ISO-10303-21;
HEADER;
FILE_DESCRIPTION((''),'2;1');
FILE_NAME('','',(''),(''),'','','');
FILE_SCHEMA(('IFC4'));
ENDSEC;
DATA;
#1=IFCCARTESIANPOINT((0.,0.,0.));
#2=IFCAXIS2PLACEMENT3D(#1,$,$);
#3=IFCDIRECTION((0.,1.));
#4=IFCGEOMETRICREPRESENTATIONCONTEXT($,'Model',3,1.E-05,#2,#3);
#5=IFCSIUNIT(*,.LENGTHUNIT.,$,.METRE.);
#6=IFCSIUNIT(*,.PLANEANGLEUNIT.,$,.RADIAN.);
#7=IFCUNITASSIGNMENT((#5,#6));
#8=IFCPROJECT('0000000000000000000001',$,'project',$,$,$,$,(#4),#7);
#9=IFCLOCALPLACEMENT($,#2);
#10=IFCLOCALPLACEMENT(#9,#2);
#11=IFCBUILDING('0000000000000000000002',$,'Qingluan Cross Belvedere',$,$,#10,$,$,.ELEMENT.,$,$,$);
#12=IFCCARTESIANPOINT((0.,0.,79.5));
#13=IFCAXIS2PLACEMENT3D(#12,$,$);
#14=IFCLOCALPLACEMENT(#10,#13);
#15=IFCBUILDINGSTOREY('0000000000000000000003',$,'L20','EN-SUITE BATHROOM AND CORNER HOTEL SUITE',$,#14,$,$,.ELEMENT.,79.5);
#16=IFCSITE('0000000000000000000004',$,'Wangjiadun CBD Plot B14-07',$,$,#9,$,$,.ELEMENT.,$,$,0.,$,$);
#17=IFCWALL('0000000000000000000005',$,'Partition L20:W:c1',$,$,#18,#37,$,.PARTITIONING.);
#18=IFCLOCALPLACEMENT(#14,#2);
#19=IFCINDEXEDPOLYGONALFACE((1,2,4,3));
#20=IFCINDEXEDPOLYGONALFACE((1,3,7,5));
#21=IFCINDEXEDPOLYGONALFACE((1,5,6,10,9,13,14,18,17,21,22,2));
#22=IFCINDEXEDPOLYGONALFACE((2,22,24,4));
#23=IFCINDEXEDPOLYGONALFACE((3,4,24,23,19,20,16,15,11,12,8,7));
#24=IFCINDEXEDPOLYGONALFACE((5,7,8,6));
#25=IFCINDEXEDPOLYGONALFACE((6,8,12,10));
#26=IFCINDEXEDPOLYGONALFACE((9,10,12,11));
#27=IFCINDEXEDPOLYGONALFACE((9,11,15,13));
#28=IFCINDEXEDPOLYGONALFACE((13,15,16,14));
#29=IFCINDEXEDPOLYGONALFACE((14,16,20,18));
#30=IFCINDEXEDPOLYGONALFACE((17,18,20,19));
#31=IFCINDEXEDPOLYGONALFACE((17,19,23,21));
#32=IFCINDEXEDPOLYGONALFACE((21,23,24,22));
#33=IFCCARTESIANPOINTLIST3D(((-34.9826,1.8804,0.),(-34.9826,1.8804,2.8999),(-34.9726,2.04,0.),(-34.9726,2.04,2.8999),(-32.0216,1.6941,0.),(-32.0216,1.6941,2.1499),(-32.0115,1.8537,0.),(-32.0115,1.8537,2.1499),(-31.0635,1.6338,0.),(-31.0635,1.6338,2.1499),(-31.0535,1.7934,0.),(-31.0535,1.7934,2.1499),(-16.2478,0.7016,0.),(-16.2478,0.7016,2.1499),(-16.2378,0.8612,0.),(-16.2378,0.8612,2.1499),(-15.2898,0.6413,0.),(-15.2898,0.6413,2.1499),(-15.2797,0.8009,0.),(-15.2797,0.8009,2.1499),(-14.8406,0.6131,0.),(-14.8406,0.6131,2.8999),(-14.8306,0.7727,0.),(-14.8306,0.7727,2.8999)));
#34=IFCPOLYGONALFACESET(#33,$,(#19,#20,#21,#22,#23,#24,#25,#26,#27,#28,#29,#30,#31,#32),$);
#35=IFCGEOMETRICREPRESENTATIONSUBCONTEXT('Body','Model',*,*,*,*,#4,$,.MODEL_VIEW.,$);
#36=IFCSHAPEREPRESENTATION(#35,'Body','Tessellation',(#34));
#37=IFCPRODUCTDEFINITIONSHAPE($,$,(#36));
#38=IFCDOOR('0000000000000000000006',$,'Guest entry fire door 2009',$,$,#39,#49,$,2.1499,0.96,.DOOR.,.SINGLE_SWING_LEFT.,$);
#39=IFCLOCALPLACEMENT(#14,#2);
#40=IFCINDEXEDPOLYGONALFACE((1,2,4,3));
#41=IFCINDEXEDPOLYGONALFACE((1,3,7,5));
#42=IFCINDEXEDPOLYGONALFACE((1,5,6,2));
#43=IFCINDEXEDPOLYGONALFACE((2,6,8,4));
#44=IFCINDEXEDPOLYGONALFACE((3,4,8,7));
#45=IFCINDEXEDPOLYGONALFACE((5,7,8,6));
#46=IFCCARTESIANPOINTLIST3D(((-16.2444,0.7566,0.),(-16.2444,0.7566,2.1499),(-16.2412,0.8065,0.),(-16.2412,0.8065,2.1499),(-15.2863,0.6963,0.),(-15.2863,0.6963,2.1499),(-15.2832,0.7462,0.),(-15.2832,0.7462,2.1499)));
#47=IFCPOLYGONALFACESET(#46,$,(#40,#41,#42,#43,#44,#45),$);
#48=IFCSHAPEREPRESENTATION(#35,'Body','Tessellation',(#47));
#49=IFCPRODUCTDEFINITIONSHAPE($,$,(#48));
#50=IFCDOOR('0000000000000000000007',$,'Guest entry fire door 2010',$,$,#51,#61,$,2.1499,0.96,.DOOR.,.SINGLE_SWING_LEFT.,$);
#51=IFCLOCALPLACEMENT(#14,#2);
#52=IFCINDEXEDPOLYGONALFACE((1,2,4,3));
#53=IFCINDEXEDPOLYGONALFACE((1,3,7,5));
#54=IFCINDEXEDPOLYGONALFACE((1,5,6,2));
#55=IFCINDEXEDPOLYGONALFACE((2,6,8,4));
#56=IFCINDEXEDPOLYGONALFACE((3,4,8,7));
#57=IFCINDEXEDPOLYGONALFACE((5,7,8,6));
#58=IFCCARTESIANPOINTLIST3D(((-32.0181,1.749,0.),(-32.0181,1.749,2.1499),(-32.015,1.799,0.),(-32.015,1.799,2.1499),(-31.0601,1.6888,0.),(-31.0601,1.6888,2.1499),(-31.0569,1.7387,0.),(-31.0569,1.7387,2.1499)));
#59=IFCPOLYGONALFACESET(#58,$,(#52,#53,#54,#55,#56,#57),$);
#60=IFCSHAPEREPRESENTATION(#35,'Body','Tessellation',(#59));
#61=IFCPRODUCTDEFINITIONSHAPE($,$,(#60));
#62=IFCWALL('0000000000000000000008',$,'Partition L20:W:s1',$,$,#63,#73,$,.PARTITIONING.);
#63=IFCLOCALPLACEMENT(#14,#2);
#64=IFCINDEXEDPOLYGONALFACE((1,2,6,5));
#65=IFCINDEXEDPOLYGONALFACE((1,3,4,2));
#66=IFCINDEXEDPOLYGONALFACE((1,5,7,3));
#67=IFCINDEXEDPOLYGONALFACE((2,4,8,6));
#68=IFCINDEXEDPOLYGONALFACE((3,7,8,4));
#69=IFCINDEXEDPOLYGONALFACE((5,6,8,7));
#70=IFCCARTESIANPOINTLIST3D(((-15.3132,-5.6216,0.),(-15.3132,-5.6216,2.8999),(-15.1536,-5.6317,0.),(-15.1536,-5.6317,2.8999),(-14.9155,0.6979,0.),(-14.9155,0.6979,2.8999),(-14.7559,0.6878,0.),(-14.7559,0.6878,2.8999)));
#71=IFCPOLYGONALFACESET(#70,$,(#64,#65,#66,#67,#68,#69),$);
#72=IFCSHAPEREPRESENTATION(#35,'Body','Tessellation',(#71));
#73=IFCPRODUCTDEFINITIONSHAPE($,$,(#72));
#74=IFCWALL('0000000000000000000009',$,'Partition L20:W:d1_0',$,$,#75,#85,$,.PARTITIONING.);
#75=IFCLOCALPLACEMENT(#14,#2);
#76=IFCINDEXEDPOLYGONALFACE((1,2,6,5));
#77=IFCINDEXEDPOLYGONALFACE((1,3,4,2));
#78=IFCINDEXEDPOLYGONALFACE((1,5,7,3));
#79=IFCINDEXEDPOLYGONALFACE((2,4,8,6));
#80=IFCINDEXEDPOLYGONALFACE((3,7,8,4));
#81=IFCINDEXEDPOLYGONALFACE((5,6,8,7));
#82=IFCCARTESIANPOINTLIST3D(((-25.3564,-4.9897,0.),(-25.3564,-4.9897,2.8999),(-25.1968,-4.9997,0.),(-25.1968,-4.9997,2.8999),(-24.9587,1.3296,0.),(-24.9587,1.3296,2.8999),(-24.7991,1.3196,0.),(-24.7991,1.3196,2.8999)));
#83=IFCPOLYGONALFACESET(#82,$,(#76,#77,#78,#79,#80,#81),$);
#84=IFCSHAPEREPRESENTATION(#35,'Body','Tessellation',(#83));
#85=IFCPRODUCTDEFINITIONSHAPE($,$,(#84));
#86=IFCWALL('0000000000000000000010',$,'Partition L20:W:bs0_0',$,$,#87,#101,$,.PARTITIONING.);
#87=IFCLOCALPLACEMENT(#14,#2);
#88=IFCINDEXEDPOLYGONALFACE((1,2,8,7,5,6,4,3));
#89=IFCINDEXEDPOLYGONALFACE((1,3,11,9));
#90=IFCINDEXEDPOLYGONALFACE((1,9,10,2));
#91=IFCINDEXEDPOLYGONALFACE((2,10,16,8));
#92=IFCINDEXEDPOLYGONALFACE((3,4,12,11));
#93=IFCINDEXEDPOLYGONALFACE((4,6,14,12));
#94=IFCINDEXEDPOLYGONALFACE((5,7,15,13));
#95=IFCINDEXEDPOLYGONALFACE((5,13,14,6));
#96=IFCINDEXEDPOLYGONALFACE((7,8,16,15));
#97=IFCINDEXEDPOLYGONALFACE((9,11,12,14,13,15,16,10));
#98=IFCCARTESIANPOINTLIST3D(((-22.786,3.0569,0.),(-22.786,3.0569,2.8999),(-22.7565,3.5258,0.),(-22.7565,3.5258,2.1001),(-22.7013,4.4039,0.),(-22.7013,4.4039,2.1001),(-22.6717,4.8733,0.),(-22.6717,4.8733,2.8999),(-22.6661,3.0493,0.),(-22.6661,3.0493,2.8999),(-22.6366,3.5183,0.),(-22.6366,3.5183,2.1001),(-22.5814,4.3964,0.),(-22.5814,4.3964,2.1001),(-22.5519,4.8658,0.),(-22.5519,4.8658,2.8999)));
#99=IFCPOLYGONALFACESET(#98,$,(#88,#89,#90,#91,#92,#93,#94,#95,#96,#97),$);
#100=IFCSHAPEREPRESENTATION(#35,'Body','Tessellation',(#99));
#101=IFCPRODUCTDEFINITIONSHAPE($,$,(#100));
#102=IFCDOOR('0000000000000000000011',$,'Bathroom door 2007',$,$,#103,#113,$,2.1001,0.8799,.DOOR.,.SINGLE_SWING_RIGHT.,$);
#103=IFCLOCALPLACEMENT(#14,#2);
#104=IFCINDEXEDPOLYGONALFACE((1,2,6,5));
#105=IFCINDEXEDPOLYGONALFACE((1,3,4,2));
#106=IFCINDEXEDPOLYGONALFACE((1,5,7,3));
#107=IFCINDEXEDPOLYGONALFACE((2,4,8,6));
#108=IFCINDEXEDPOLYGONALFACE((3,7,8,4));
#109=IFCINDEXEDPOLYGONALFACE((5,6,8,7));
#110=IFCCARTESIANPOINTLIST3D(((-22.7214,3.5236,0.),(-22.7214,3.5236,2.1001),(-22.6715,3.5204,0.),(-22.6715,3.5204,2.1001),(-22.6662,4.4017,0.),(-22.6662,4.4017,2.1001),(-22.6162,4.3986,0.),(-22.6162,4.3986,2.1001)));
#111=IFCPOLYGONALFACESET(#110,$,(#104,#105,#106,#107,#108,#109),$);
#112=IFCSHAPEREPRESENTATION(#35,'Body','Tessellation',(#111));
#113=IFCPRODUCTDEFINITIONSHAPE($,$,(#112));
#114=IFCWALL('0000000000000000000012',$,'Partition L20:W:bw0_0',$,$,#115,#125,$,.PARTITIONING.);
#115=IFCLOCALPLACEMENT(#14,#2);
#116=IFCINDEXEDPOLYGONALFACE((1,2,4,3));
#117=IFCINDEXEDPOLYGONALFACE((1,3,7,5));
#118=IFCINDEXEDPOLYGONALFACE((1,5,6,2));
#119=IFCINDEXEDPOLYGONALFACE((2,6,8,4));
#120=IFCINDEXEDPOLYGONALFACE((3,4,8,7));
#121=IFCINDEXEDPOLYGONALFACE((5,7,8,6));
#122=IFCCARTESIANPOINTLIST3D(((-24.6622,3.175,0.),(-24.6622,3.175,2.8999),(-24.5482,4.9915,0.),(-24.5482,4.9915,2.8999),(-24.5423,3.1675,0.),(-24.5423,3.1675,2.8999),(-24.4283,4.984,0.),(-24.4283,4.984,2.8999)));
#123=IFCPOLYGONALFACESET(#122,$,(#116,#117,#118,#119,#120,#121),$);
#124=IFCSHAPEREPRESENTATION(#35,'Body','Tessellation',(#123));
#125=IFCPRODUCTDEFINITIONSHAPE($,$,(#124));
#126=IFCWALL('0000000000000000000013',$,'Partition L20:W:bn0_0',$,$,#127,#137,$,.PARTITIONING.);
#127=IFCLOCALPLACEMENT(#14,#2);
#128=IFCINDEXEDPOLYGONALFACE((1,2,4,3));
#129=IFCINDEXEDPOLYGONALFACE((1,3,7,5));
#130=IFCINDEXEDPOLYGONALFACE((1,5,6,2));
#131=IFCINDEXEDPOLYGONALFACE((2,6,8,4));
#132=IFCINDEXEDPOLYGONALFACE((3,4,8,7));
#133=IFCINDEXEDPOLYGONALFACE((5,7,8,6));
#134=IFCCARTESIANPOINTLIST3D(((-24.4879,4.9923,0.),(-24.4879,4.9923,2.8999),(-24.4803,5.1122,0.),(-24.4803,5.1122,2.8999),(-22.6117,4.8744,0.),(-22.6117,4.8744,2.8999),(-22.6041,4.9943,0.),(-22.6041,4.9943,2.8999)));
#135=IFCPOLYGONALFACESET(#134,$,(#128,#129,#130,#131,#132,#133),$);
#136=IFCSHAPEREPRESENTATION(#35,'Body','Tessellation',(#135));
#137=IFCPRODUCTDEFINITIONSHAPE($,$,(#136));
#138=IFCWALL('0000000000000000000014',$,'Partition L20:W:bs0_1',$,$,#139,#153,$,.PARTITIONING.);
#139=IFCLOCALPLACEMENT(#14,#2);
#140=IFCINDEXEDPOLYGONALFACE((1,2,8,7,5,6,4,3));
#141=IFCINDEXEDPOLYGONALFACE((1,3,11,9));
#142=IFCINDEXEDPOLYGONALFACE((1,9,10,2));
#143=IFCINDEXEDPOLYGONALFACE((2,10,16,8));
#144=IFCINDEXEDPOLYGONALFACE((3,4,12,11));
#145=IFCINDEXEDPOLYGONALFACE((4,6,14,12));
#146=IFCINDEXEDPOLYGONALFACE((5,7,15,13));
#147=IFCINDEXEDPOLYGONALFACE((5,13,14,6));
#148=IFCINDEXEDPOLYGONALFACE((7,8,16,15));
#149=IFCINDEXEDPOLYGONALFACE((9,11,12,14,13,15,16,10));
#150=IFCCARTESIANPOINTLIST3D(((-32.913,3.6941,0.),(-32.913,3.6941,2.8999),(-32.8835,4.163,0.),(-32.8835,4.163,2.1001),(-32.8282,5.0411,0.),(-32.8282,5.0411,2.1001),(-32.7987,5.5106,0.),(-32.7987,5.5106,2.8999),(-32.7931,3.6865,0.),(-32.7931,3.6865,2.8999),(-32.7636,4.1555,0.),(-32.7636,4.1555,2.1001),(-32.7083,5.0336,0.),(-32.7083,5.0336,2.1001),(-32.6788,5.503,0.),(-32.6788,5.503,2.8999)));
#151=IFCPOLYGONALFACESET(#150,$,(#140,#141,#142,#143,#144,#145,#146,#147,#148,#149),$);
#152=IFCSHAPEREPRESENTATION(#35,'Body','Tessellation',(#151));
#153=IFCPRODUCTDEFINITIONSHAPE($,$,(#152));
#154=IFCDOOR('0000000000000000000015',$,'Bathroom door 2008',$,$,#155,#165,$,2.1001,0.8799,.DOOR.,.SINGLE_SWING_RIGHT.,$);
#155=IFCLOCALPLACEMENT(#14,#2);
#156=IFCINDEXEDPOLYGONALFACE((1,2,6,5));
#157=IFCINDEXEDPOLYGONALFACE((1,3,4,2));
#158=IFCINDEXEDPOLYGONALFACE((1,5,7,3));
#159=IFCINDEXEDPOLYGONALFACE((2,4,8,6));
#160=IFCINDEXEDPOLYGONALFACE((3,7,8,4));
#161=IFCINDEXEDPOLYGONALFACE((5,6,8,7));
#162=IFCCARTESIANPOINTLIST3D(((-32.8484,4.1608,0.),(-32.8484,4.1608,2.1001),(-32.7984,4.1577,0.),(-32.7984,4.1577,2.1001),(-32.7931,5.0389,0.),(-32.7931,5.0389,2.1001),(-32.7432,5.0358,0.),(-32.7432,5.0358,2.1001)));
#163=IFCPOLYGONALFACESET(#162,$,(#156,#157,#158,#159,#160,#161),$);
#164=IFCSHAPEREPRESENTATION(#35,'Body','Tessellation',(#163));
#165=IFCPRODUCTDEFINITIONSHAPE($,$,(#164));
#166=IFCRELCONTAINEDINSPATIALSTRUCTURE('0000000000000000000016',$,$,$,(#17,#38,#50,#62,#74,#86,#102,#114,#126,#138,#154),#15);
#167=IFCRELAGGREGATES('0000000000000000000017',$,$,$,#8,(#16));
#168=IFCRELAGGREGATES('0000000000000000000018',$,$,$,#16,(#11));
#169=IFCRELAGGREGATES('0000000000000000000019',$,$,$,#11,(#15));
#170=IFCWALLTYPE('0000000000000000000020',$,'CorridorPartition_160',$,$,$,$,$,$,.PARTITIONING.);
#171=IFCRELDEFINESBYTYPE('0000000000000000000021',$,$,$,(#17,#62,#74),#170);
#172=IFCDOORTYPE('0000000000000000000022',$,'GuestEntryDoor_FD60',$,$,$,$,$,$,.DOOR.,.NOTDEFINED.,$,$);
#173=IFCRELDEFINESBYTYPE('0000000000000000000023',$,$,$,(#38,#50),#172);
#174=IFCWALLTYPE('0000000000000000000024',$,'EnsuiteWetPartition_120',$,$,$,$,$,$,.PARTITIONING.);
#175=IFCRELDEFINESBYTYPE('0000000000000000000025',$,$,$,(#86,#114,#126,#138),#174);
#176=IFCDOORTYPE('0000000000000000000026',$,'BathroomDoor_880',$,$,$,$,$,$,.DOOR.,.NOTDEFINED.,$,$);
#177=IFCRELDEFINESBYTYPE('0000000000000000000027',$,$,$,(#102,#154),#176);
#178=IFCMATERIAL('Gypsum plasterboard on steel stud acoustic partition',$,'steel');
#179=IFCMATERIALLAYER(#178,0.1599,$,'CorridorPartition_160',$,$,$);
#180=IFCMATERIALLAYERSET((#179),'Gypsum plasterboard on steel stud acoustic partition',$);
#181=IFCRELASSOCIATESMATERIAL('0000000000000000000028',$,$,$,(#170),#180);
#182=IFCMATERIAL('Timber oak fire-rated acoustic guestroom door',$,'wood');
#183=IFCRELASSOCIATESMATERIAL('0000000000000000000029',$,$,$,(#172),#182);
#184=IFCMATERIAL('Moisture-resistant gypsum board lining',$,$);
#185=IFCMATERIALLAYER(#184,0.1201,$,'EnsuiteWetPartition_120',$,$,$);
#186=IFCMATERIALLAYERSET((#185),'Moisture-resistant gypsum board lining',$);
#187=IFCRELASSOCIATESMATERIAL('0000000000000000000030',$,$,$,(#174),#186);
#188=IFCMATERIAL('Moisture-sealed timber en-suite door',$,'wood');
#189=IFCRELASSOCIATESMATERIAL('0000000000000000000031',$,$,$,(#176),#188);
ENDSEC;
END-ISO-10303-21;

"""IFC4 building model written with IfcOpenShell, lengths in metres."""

from ifc_helpers import new_model, si_unit, direction, frame, frame_2d, origin, place, context, subcontext, project, spatial, rectangle, extrude, material, layer, layer_set, type_object, element, fill, save


model = new_model("IFC4")

# Units and contexts
model_context = context("Model", 3, precision=1e-05, world=origin(), true_north=direction((0.0, 1.0)))
body_context = subcontext(model_context, "Body", "Model", "MODEL_VIEW")
ifc_project = project(units=[si_unit("LENGTHUNIT", "METRE"), si_unit("PLANEANGLEUNIT", "RADIAN")], contexts=[model_context])

# Site, building, storey
site_placement = place(None, origin())
site = spatial("IfcSite", under=ifc_project, at=site_placement, Name="Wangjiadun CBD Plot B14-07", CompositionType="ELEMENT", RefElevation=0.0)
building_placement = place(site_placement, origin())
building = spatial("IfcBuilding", under=site, at=building_placement, Name="Qingluan Cross Belvedere", CompositionType="ELEMENT")
storey_placement = place(building_placement, frame((0.0, 0.0, 79.5)))
storey = spatial("IfcBuildingStorey", under=building, at=storey_placement, Name="L20", Description="EN-SUITE BATHROOM AND CORNER HOTEL SUITE", CompositionType="ELEMENT", Elevation=79.5)

# Shared definitions
ifc_material_1 = material(Name="Gypsum plasterboard on steel stud acoustic partition", Category="steel")
ifc_layer_1 = layer(ifc_material_1, 0.1599, Name="CorridorPartition_160")
ifc_layer_set_1 = layer_set([ifc_layer_1], Name="Gypsum plasterboard on steel stud acoustic partition")
wall_type_1 = type_object("IfcWallType", Name="CorridorPartition_160", PredefinedType="PARTITIONING", material=ifc_layer_set_1)
ifc_material_2 = material(Name="Timber oak fire-rated acoustic guestroom door", Category="wood")
door_type_1 = type_object("IfcDoorType", Name="GuestEntryDoor_FD60", OperationType="NOTDEFINED", PredefinedType="DOOR", material=ifc_material_2)

# Wall, openings, doors
wall_1_placement = place(storey_placement, frame((-14.8357, 0.6929, 0.0), z_axis=(0.0, 0.0, 1.0), x_axis=(-0.998026, 0.062796, 0.0)))
wall_1 = element("IfcWall", 1, at=wall_1_placement, inside=storey, type_object=wall_type_1, Name="Partition L20:W:c1", PredefinedType="PARTITIONING", context=body_context, shape_type="SweptSolid", body=[
    extrude(rectangle(XDim=20.1819, YDim=0.1599, at=frame_2d((10.0908, 0.0))), origin(), (0.0, 0.0, 1.0), 2.8999),
])
opening_1_placement = place(wall_1_placement, frame((0.45, 0.0, 0.0)))
opening_1 = element("IfcOpeningElement", 2, at=opening_1_placement, cuts=wall_1, PredefinedType="OPENING", context=body_context, shape_type="SweptSolid", body=[
    extrude(rectangle(XDim=0.96, YDim=2.1499, at=frame_2d((0.48, 1.075))), frame((0.0, 0.0898, 0.0), z_axis=(0.0, -1.0, 0.0), x_axis=(1.0, 0.0, 0.0)), (0.0, 0.0, 1.0), 0.1799),
])
opening_2_placement = place(wall_1_placement, frame((16.2549, 0.0, 0.0)))
opening_2 = element("IfcOpeningElement", 3, at=opening_2_placement, cuts=wall_1, PredefinedType="OPENING", context=body_context, shape_type="SweptSolid", body=[
    extrude(rectangle(XDim=0.96, YDim=2.1499, at=frame_2d((0.48, 1.075))), frame((0.0, 0.0898, 0.0), z_axis=(0.0, -1.0, 0.0), x_axis=(1.0, 0.0, 0.0)), (0.0, 0.0, 1.0), 0.1799),
])
door_1_placement = place(opening_1_placement, origin())
door_1 = element("IfcDoor", 4, at=door_1_placement, inside=storey, type_object=door_type_1, Name="Guest entry fire door 2009", OperationType="SINGLE_SWING_LEFT", OverallHeight=2.1499, OverallWidth=0.96, PredefinedType="DOOR", context=body_context, shape_type="SweptSolid", body=[
    extrude(rectangle(XDim=0.96, YDim=2.1499, at=frame_2d((0.48, 1.075))), frame((0.0, 0.0249, 0.0), z_axis=(0.0, -1.0, 0.0), x_axis=(1.0, 0.0, 0.0)), (0.0, 0.0, 1.0), 0.05),
])
fill(opening_1, door_1)
door_2_placement = place(opening_2_placement, origin())
door_2 = element("IfcDoor", 5, at=door_2_placement, inside=storey, type_object=door_type_1, Name="Guest entry fire door 2010", OperationType="SINGLE_SWING_LEFT", OverallHeight=2.1499, OverallWidth=0.96, PredefinedType="DOOR", context=body_context, shape_type="SweptSolid", body=[
    extrude(rectangle(XDim=0.96, YDim=2.1499, at=frame_2d((0.48, 1.075))), frame((0.0, 0.0249, 0.0), z_axis=(0.0, -1.0, 0.0), x_axis=(1.0, 0.0, 0.0)), (0.0, 0.0, 1.0), 0.05),
])
fill(opening_2, door_2)

# Walls
wall_2_placement = place(storey_placement, frame((-14.8357, 0.6929, 0.0), z_axis=(0.0, 0.0, 1.0), x_axis=(-0.062808, -0.998026, 0.0)))
element("IfcWall", 6, at=wall_2_placement, inside=storey, type_object=wall_type_1, Name="Partition L20:W:s1", PredefinedType="PARTITIONING", context=body_context, shape_type="SweptSolid", body=[
    extrude(rectangle(XDim=6.332, YDim=0.1599, at=frame_2d((3.166, 0.0))), origin(), (0.0, 0.0, 1.0), 2.8999),
])
wall_3_placement = place(storey_placement, frame((-24.8789, 1.3247, 0.0), z_axis=(0.0, 0.0, 1.0), x_axis=(-0.06281, -0.998025, 0.0)))
element("IfcWall", 7, at=wall_3_placement, inside=storey, type_object=wall_type_1, Name="Partition L20:W:d1_0", PredefinedType="PARTITIONING", context=body_context, shape_type="SweptSolid", body=[
    extrude(rectangle(XDim=6.3318, YDim=0.1599, at=frame_2d((3.166, 0.0))), origin(), (0.0, 0.0, 1.0), 2.8999),
])

# Wall, opening, door
ifc_material_3 = material(Name="Moisture-resistant gypsum board lining")
ifc_layer_2 = layer(ifc_material_3, 0.1201, Name="EnsuiteWetPartition_120")
ifc_layer_set_2 = layer_set([ifc_layer_2], Name="Moisture-resistant gypsum board lining")
wall_type_2 = type_object("IfcWallType", Name="EnsuiteWetPartition_120", PredefinedType="PARTITIONING", material=ifc_layer_set_2)
wall_4_placement = place(storey_placement, frame((-22.7261, 3.053, 0.0), z_axis=(0.0, 0.0, 1.0), x_axis=(0.062779, 0.998027, 0.0)))
wall_4 = element("IfcWall", 8, at=wall_4_placement, inside=storey, type_object=wall_type_2, Name="Partition L20:W:bs0_0", PredefinedType="PARTITIONING", context=body_context, shape_type="SweptSolid", body=[
    extrude(rectangle(XDim=1.8201, YDim=0.1201, at=frame_2d((0.9102, 0.0))), origin(), (0.0, 0.0, 1.0), 2.8999),
])
opening_3_placement = place(wall_4_placement, frame((0.47, 0.0, 0.0)))
opening_3 = element("IfcOpeningElement", 9, at=opening_3_placement, cuts=wall_4, PredefinedType="OPENING", context=body_context, shape_type="SweptSolid", body=[
    extrude(rectangle(XDim=0.8799, YDim=2.1001, at=frame_2d((0.4399, 1.05))), frame((0.0, 0.0701, 0.0), z_axis=(0.0, -1.0, 0.0), x_axis=(1.0, 0.0, 0.0)), (0.0, 0.0, 1.0), 0.1401),
])
ifc_material_4 = material(Name="Moisture-sealed timber en-suite door", Category="wood")
door_type_2 = type_object("IfcDoorType", Name="BathroomDoor_880", OperationType="NOTDEFINED", PredefinedType="DOOR", material=ifc_material_4)
door_3_placement = place(opening_3_placement, origin())
door_3 = element("IfcDoor", 10, at=door_3_placement, inside=storey, type_object=door_type_2, Name="Bathroom door 2007", OperationType="SINGLE_SWING_RIGHT", OverallHeight=2.1001, OverallWidth=0.8799, PredefinedType="DOOR", context=body_context, shape_type="SweptSolid", body=[
    extrude(rectangle(XDim=0.8799, YDim=2.1001, at=frame_2d((0.4399, 1.05))), frame((0.0, 0.0249, 0.0), z_axis=(0.0, -1.0, 0.0), x_axis=(1.0, 0.0, 0.0)), (0.0, 0.0, 1.0), 0.05),
])
fill(opening_3, door_3)

# Walls
wall_5_placement = place(storey_placement, frame((-24.6023, 3.1711, 0.0), z_axis=(0.0, 0.0, 1.0), x_axis=(0.062646, 0.998036, 0.0)))
element("IfcWall", 11, at=wall_5_placement, inside=storey, type_object=wall_type_2, Name="Partition L20:W:bw0_0", PredefinedType="PARTITIONING", context=body_context, shape_type="SweptSolid", body=[
    extrude(rectangle(XDim=1.8201, YDim=0.1201, at=frame_2d((0.9102, 0.0))), origin(), (0.0, 0.0, 1.0), 2.8999),
])
wall_6_placement = place(storey_placement, frame((-22.6079, 4.9343, 0.0), z_axis=(0.0, 0.0, 1.0), x_axis=(-0.998031, 0.062726, 0.0)))
element("IfcWall", 12, at=wall_6_placement, inside=storey, type_object=wall_type_2, Name="Partition L20:W:bn0_0", PredefinedType="PARTITIONING", context=body_context, shape_type="SweptSolid", body=[
    extrude(rectangle(XDim=1.8799, YDim=0.1201, at=frame_2d((0.9399, 0.0))), origin(), (0.0, 0.0, 1.0), 2.8999),
])

# Wall, opening, door
wall_7_placement = place(storey_placement, frame((-32.853, 3.6902, 0.0), z_axis=(0.0, 0.0, 1.0), x_axis=(0.062779, 0.998027, 0.0)))
wall_7 = element("IfcWall", 13, at=wall_7_placement, inside=storey, type_object=wall_type_2, Name="Partition L20:W:bs0_1", PredefinedType="PARTITIONING", context=body_context, shape_type="SweptSolid", body=[
    extrude(rectangle(XDim=1.8201, YDim=0.1201, at=frame_2d((0.9102, 0.0))), origin(), (0.0, 0.0, 1.0), 2.8999),
])
opening_4_placement = place(wall_7_placement, frame((0.47, 0.0, 0.0)))
opening_4 = element("IfcOpeningElement", 14, at=opening_4_placement, cuts=wall_7, PredefinedType="OPENING", context=body_context, shape_type="SweptSolid", body=[
    extrude(rectangle(XDim=0.8799, YDim=2.1001, at=frame_2d((0.4399, 1.05))), frame((0.0, 0.0701, 0.0), z_axis=(0.0, -1.0, 0.0), x_axis=(1.0, 0.0, 0.0)), (0.0, 0.0, 1.0), 0.1401),
])
door_4_placement = place(opening_4_placement, origin())
door_4 = element("IfcDoor", 15, at=door_4_placement, inside=storey, type_object=door_type_2, Name="Bathroom door 2008", OperationType="SINGLE_SWING_RIGHT", OverallHeight=2.1001, OverallWidth=0.8799, PredefinedType="DOOR", context=body_context, shape_type="SweptSolid", body=[
    extrude(rectangle(XDim=0.8799, YDim=2.1001, at=frame_2d((0.4399, 1.05))), frame((0.0, 0.0249, 0.0), z_axis=(0.0, -1.0, 0.0), x_axis=(1.0, 0.0, 0.0)), (0.0, 0.0, 1.0), 0.05),
])
fill(opening_4, door_4)

save(model, "model.ifc")
